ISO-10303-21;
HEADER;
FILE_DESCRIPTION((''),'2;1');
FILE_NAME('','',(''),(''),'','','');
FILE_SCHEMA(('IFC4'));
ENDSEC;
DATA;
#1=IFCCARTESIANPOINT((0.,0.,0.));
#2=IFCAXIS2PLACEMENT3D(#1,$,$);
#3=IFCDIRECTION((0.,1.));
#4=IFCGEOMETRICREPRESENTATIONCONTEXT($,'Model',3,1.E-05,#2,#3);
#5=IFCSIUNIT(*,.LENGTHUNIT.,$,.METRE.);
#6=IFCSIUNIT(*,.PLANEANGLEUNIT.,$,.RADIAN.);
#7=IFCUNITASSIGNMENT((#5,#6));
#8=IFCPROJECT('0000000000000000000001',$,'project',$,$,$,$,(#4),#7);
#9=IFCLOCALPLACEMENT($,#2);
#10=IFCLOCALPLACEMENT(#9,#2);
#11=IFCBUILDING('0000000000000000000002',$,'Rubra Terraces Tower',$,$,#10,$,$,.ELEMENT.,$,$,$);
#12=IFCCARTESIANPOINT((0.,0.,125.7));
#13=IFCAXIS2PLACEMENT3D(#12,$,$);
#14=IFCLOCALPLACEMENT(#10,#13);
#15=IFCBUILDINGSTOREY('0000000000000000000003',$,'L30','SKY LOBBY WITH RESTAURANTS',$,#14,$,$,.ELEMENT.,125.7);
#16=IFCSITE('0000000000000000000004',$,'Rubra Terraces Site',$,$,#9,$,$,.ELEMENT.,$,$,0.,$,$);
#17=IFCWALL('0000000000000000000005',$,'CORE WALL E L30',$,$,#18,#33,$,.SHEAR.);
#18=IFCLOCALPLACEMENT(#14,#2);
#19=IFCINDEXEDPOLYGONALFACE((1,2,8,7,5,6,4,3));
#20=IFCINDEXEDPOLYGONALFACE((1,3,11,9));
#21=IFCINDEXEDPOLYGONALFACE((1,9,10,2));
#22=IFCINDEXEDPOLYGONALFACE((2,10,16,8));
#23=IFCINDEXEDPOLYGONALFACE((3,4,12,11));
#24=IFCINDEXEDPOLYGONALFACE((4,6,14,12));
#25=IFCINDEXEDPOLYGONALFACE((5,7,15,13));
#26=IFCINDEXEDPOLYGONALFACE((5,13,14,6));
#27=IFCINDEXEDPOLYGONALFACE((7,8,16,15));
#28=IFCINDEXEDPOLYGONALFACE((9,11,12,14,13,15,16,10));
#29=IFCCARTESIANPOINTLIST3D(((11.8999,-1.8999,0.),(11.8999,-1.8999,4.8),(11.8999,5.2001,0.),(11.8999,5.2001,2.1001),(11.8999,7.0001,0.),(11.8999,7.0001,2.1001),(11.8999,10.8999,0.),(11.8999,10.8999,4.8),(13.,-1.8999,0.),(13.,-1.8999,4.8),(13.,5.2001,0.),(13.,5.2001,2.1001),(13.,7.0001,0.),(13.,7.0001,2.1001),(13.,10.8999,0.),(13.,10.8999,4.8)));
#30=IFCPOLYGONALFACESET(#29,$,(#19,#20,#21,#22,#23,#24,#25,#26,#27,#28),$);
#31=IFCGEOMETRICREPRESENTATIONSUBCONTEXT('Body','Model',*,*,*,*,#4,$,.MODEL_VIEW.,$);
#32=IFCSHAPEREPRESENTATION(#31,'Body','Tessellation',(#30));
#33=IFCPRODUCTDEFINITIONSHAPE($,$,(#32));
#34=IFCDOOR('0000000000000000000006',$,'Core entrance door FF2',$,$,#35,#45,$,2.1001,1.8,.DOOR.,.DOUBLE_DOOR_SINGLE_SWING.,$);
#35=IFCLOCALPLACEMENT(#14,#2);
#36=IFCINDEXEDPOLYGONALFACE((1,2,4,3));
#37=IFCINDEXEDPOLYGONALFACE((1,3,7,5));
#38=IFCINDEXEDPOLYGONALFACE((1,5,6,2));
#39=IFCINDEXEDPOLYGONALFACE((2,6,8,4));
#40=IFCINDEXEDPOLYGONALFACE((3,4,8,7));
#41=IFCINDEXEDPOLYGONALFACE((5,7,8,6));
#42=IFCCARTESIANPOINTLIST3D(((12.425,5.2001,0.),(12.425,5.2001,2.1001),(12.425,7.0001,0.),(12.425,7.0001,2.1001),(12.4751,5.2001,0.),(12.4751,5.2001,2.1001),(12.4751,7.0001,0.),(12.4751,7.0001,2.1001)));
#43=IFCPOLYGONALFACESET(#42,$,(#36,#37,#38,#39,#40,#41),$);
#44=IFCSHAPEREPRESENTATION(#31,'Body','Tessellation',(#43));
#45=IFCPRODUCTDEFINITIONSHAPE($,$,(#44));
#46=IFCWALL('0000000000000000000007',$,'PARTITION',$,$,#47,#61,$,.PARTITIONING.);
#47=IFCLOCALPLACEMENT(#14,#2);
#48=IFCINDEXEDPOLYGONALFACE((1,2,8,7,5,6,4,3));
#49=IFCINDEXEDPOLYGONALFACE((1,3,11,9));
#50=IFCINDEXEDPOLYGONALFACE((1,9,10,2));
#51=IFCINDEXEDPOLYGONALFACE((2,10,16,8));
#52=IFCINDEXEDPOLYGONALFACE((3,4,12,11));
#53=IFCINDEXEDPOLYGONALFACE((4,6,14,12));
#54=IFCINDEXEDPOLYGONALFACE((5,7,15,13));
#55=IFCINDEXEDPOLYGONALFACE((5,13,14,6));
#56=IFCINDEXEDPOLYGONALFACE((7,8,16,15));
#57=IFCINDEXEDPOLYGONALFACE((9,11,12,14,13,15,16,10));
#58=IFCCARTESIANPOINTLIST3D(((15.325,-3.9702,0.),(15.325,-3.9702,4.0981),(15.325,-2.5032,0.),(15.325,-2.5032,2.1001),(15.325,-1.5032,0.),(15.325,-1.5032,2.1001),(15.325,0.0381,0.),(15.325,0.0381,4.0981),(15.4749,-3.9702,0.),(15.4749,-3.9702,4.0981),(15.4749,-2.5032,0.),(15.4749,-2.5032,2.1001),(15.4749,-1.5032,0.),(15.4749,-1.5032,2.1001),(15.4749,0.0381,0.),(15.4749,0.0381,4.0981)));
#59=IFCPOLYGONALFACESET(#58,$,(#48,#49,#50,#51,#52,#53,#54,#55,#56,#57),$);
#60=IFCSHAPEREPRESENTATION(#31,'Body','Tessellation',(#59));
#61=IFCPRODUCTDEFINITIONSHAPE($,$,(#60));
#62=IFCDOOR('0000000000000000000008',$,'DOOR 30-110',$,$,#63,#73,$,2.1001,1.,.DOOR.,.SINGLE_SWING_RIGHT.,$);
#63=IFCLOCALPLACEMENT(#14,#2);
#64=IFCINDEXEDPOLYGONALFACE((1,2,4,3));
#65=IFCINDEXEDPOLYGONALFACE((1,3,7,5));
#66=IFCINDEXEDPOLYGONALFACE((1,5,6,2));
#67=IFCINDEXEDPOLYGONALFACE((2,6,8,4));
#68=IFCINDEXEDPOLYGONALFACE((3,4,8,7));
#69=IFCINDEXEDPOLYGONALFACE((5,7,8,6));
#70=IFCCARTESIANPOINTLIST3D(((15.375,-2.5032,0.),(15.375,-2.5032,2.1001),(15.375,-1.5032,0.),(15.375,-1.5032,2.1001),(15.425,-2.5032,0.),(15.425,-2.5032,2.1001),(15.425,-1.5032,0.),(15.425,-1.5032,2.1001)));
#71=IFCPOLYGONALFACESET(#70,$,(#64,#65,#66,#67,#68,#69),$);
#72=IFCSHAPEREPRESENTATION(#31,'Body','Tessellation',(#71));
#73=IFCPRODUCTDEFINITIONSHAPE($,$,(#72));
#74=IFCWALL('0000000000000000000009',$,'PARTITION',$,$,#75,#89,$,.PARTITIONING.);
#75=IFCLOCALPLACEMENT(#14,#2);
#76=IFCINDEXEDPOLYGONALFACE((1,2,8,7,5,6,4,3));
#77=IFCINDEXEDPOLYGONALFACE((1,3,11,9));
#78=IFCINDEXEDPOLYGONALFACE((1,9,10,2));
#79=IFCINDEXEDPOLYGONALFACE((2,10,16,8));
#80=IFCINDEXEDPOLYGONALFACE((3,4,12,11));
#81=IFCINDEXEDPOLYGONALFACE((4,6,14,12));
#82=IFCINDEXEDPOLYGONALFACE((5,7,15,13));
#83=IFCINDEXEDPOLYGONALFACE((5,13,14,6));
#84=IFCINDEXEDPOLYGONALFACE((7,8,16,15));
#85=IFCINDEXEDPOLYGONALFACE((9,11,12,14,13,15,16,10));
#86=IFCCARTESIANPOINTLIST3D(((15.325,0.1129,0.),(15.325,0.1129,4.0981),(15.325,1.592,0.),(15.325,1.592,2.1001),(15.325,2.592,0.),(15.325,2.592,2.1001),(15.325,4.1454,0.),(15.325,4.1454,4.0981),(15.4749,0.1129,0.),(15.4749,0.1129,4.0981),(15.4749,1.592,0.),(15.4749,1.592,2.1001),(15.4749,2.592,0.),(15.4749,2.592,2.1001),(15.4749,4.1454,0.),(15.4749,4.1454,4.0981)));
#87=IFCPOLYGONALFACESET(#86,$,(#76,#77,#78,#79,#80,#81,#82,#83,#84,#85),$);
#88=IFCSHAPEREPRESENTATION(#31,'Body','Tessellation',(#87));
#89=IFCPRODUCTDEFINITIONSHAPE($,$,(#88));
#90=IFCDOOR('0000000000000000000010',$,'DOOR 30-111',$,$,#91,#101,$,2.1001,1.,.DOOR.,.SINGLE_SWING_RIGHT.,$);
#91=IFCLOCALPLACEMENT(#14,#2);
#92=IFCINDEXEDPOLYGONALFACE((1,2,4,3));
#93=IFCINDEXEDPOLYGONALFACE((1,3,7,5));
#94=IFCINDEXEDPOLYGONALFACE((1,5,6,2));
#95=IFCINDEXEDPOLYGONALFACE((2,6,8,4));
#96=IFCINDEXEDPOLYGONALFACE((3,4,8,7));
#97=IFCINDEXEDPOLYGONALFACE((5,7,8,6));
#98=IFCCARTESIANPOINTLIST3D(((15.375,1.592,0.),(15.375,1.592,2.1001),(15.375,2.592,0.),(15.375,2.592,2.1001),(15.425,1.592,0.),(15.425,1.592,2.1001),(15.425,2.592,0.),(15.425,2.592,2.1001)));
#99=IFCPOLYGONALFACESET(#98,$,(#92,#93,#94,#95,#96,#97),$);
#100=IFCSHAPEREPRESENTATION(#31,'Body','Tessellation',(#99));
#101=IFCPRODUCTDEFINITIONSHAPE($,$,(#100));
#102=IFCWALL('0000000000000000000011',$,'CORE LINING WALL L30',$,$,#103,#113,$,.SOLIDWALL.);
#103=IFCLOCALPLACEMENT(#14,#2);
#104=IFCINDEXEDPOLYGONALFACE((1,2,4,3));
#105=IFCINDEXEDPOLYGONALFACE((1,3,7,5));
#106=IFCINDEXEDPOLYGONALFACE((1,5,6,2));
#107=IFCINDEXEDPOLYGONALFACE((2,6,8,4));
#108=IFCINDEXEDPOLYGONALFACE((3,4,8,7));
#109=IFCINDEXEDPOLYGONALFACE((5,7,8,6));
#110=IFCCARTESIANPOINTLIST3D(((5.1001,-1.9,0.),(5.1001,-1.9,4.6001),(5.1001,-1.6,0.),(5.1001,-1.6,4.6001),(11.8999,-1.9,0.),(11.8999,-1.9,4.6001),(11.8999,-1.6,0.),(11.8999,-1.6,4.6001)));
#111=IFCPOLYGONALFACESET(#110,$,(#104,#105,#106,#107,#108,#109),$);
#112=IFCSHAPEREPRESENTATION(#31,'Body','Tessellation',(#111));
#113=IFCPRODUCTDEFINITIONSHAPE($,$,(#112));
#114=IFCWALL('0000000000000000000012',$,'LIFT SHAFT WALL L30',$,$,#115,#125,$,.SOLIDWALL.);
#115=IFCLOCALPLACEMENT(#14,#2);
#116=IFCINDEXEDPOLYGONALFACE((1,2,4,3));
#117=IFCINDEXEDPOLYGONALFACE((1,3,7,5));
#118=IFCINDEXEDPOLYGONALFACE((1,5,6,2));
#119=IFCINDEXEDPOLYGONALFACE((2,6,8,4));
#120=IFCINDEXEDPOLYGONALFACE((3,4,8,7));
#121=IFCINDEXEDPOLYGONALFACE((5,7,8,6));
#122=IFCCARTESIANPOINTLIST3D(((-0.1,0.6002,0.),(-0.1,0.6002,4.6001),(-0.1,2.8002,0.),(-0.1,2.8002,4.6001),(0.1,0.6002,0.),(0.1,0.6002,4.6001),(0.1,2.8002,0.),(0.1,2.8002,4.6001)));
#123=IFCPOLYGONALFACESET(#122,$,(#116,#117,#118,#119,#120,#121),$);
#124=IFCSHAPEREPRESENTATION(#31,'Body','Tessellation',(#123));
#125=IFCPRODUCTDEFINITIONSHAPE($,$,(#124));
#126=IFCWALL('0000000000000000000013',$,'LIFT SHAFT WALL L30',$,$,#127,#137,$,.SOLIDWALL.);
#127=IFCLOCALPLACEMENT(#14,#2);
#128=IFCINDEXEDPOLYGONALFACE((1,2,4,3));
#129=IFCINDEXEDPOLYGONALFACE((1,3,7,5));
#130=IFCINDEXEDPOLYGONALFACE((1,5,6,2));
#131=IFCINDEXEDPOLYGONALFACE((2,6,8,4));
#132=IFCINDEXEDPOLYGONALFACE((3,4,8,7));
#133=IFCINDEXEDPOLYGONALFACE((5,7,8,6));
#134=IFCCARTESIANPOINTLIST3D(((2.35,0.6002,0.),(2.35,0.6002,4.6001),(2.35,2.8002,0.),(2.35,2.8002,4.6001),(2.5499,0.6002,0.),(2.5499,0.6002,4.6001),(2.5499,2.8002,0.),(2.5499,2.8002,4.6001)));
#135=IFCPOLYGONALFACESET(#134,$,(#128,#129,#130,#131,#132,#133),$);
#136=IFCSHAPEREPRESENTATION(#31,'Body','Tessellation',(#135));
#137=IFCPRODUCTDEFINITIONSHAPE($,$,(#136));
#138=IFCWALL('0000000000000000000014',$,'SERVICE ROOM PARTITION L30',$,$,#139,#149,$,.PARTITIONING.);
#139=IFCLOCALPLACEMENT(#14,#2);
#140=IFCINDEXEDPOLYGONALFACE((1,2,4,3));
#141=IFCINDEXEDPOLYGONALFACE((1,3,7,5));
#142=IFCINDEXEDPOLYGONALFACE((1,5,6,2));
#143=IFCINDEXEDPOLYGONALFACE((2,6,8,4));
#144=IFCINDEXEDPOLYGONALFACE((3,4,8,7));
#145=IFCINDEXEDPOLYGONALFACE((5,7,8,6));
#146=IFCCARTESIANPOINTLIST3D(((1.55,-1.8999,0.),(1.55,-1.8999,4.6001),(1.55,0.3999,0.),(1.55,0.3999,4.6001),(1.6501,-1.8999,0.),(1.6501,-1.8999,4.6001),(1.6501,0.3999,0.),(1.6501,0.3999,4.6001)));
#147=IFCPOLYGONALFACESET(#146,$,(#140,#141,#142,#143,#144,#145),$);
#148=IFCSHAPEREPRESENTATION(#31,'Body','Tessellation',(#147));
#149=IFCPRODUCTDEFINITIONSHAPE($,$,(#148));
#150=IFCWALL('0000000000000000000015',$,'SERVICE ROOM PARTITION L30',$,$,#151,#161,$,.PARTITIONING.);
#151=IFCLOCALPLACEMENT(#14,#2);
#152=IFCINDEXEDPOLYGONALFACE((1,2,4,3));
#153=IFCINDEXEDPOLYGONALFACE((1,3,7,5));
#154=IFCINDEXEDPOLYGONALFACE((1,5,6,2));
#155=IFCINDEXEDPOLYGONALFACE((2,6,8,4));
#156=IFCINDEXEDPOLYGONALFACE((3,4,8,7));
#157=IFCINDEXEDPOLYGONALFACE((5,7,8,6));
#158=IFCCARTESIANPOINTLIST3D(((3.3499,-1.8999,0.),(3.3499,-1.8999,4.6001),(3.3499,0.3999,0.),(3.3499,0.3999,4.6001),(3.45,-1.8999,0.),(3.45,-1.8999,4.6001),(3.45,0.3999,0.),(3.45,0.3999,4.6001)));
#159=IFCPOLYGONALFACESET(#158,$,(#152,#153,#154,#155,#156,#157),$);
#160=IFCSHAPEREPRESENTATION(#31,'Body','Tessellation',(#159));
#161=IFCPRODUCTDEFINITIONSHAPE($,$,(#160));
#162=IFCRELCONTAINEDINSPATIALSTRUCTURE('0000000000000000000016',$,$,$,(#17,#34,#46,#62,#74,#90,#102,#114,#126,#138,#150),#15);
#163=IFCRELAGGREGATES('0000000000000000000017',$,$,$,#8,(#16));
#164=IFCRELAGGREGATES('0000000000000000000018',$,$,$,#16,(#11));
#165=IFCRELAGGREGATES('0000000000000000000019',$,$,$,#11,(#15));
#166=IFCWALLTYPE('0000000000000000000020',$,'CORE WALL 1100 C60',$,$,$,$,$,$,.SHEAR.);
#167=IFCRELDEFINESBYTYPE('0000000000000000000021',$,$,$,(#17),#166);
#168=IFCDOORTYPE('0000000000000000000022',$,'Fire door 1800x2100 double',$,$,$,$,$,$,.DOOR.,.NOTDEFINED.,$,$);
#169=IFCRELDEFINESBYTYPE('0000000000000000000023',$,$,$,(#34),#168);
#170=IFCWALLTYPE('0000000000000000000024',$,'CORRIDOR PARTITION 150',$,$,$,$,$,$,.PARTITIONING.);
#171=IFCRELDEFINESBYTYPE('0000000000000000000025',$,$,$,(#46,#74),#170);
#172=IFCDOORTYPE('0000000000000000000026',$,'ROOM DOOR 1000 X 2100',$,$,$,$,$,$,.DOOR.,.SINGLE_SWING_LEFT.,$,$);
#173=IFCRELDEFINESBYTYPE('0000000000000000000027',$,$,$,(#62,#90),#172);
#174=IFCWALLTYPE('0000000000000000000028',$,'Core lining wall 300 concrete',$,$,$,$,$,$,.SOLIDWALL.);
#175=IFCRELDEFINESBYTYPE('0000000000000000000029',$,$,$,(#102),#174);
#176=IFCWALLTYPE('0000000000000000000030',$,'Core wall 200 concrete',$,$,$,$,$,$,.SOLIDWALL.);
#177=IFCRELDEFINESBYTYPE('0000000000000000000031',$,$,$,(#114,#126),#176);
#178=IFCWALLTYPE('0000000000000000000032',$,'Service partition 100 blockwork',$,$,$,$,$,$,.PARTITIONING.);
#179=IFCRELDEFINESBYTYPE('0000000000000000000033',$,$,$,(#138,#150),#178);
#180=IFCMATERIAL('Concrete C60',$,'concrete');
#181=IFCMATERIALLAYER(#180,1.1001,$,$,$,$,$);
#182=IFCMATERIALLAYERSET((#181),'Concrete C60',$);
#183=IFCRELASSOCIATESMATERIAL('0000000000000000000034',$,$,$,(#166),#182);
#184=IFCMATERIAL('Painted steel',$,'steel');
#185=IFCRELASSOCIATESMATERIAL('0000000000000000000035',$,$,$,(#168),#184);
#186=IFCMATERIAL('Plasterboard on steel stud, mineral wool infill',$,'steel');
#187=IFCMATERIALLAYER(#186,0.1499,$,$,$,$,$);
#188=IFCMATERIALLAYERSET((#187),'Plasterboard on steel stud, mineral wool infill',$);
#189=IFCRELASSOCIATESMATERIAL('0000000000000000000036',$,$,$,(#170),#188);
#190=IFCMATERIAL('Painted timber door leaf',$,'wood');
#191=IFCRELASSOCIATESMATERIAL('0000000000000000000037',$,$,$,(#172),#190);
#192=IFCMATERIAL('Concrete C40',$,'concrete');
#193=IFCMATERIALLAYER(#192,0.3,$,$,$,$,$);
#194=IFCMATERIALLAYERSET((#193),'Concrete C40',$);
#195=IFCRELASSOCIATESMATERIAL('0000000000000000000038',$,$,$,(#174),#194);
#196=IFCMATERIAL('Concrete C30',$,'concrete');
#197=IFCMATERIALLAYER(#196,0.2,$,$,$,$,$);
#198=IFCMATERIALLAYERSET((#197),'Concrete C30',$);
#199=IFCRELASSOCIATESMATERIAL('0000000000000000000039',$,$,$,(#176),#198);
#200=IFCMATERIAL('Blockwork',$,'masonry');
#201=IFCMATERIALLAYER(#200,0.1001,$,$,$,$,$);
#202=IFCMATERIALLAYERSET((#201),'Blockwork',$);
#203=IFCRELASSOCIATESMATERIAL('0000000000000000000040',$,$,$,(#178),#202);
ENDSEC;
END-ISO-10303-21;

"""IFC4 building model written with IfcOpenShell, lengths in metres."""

from ifc_helpers import new_model, si_unit, direction, frame, frame_2d, origin, place, context, subcontext, project, spatial, rectangle, extrude, material, layer, layer_set, type_object, element, fill, save


model = new_model("IFC4")

# Units and contexts
model_context = context("Model", 3, precision=1e-05, world=origin(), true_north=direction((0.0, 1.0)))
body_context = subcontext(model_context, "Body", "Model", "MODEL_VIEW")
ifc_project = project(units=[si_unit("LENGTHUNIT", "METRE"), si_unit("PLANEANGLEUNIT", "RADIAN")], contexts=[model_context])

# Site, building, storey
site_placement = place(None, origin())
site = spatial("IfcSite", under=ifc_project, at=site_placement, Name="Rubra Terraces Site", CompositionType="ELEMENT", RefElevation=0.0)
building_placement = place(site_placement, origin())
building = spatial("IfcBuilding", under=site, at=building_placement, Name="Rubra Terraces Tower", CompositionType="ELEMENT")
storey_placement = place(building_placement, frame((0.0, 0.0, 125.7)))
storey = spatial("IfcBuildingStorey", under=building, at=storey_placement, Name="L30", Description="SKY LOBBY WITH RESTAURANTS", CompositionType="ELEMENT", Elevation=125.7)

# Shared definitions
ifc_material_1 = material(Name="Concrete C40", Category="concrete")

# Walls, openings, doors
ifc_material_2 = material(Name="Concrete C60", Category="concrete")
ifc_layer_1 = layer(ifc_material_2, 1.1001)
ifc_layer_set_1 = layer_set([ifc_layer_1], Name="Concrete C60")
wall_type_1 = type_object("IfcWallType", Name="CORE WALL 1100 C60", PredefinedType="SHEAR", material=ifc_layer_set_1)
wall_1_placement = place(storey_placement, frame((12.45, -1.8999, 0.0), z_axis=(0.0, 0.0, 1.0), x_axis=(0.0, 1.0, 0.0)))
wall_1 = element("IfcWall", 1, at=wall_1_placement, inside=storey, type_object=wall_type_1, Name="CORE WALL E L30", PredefinedType="SHEAR", context=body_context, shape_type="SweptSolid", body=[
    extrude(rectangle(XDim=12.7998, YDim=1.1001, at=frame_2d((6.3999, 0.0))), origin(), (0.0, 0.0, 1.0), 4.8),
])
opening_1_placement = place(wall_1_placement, frame((7.1001, 0.0, 0.0)))
opening_1 = element("IfcOpeningElement", 2, at=opening_1_placement, cuts=wall_1, PredefinedType="OPENING", context=body_context, shape_type="SweptSolid", body=[
    extrude(rectangle(XDim=1.8, YDim=2.1001, at=frame_2d((0.8999, 1.05))), frame((0.0, 0.5601, 0.0), z_axis=(0.0, -1.0, 0.0), x_axis=(1.0, 0.0, 0.0)), (0.0, 0.0, 1.0), 1.1201),
])
ifc_material_3 = material(Name="Painted steel", Category="steel")
door_type_1 = type_object("IfcDoorType", Name="Fire door 1800x2100 double", OperationType="NOTDEFINED", PredefinedType="DOOR", material=ifc_material_3)
door_1_placement = place(opening_1_placement, origin())
door_1 = element("IfcDoor", 3, at=door_1_placement, inside=storey, type_object=door_type_1, Name="Core entrance door FF2", OperationType="DOUBLE_DOOR_SINGLE_SWING", OverallHeight=2.1001, OverallWidth=1.8, PredefinedType="DOOR", context=body_context, shape_type="SweptSolid", body=[
    extrude(rectangle(XDim=1.8, YDim=2.1001, at=frame_2d((0.8999, 1.05))), frame((0.0, 0.0249, 0.0), z_axis=(0.0, -1.0, 0.0), x_axis=(1.0, 0.0, 0.0)), (0.0, 0.0, 1.0), 0.05),
])
fill(opening_1, door_1)
ifc_material_4 = material(Name="Plasterboard on steel stud, mineral wool infill", Category="steel")
ifc_layer_2 = layer(ifc_material_4, 0.1499)
ifc_layer_set_2 = layer_set([ifc_layer_2], Name="Plasterboard on steel stud, mineral wool infill")
wall_type_2 = type_object("IfcWallType", Name="CORRIDOR PARTITION 150", PredefinedType="PARTITIONING", material=ifc_layer_set_2)
wall_2_placement = place(storey_placement, frame((15.3999, -3.9702, 0.0), z_axis=(0.0, 0.0, 1.0), x_axis=(0.0, 1.0, 0.0)))
wall_2 = element("IfcWall", 4, at=wall_2_placement, inside=storey, type_object=wall_type_2, Name="PARTITION", PredefinedType="PARTITIONING", context=body_context, shape_type="SweptSolid", body=[
    extrude(rectangle(XDim=4.0083, YDim=0.1499, at=frame_2d((2.0042, 0.0))), origin(), (0.0, 0.0, 1.0), 4.0981),
])
opening_2_placement = place(wall_2_placement, frame((1.467, 0.0, 0.0)))
opening_2 = element("IfcOpeningElement", 5, at=opening_2_placement, cuts=wall_2, PredefinedType="OPENING", context=body_context, shape_type="SweptSolid", body=[
    extrude(rectangle(XDim=1.0, YDim=2.1001, at=frame_2d((0.5, 1.05))), frame((0.0, 0.085, 0.0), z_axis=(0.0, -1.0, 0.0), x_axis=(1.0, 0.0, 0.0)), (0.0, 0.0, 1.0), 0.1699),
])
ifc_material_5 = material(Name="Painted timber door leaf", Category="wood")
door_type_2 = type_object("IfcDoorType", Name="ROOM DOOR 1000 X 2100", OperationType="SINGLE_SWING_LEFT", PredefinedType="DOOR", material=ifc_material_5)
door_2_placement = place(opening_2_placement, origin())
door_2 = element("IfcDoor", 6, at=door_2_placement, inside=storey, type_object=door_type_2, Name="DOOR 30-110", OperationType="SINGLE_SWING_RIGHT", OverallHeight=2.1001, OverallWidth=1.0, PredefinedType="DOOR", context=body_context, shape_type="SweptSolid", body=[
    extrude(rectangle(XDim=1.0, YDim=2.1001, at=frame_2d((0.5, 1.05))), frame((0.0, 0.0249, 0.0), z_axis=(0.0, -1.0, 0.0), x_axis=(1.0, 0.0, 0.0)), (0.0, 0.0, 1.0), 0.05),
])
fill(opening_2, door_2)
wall_3_placement = place(storey_placement, frame((15.3999, 0.113, 0.0), z_axis=(0.0, 0.0, 1.0), x_axis=(0.0, 1.0, 0.0)))
wall_3 = element("IfcWall", 7, at=wall_3_placement, inside=storey, type_object=wall_type_2, Name="PARTITION", PredefinedType="PARTITIONING", context=body_context, shape_type="SweptSolid", body=[
    extrude(rectangle(XDim=4.0325, YDim=0.1499, at=frame_2d((2.0161, 0.0))), origin(), (0.0, 0.0, 1.0), 4.0981),
])
opening_3_placement = place(wall_3_placement, frame((1.479, 0.0, 0.0)))
opening_3 = element("IfcOpeningElement", 8, at=opening_3_placement, cuts=wall_3, PredefinedType="OPENING", context=body_context, shape_type="SweptSolid", body=[
    extrude(rectangle(XDim=1.0, YDim=2.1001, at=frame_2d((0.5, 1.05))), frame((0.0, 0.085, 0.0), z_axis=(0.0, -1.0, 0.0), x_axis=(1.0, 0.0, 0.0)), (0.0, 0.0, 1.0), 0.1699),
])
door_3_placement = place(opening_3_placement, origin())
door_3 = element("IfcDoor", 9, at=door_3_placement, inside=storey, type_object=door_type_2, Name="DOOR 30-111", OperationType="SINGLE_SWING_RIGHT", OverallHeight=2.1001, OverallWidth=1.0, PredefinedType="DOOR", context=body_context, shape_type="SweptSolid", body=[
    extrude(rectangle(XDim=1.0, YDim=2.1001, at=frame_2d((0.5, 1.05))), frame((0.0, 0.0249, 0.0), z_axis=(0.0, -1.0, 0.0), x_axis=(1.0, 0.0, 0.0)), (0.0, 0.0, 1.0), 0.05),
])
fill(opening_3, door_3)

# Walls
ifc_layer_3 = layer(ifc_material_1, 0.3)
ifc_layer_set_3 = layer_set([ifc_layer_3], Name="Concrete C40")
wall_type_3 = type_object("IfcWallType", Name="Core lining wall 300 concrete", PredefinedType="SOLIDWALL", material=ifc_layer_set_3)
wall_4_placement = place(storey_placement, frame((11.8999, -1.75, 0.0), z_axis=(0.0, 0.0, 1.0), x_axis=(-1.0, 0.0, 0.0)))
element("IfcWall", 10, at=wall_4_placement, inside=storey, type_object=wall_type_3, Name="CORE LINING WALL L30", PredefinedType="SOLIDWALL", context=body_context, shape_type="SweptSolid", body=[
    extrude(rectangle(XDim=6.7998, YDim=0.3, at=frame_2d((3.3999, 0.0))), origin(), (0.0, 0.0, 1.0), 4.6001),
])
ifc_material_6 = material(Name="Concrete C30", Category="concrete")
ifc_layer_4 = layer(ifc_material_6, 0.2)
ifc_layer_set_4 = layer_set([ifc_layer_4], Name="Concrete C30")
wall_type_4 = type_object("IfcWallType", Name="Core wall 200 concrete", PredefinedType="SOLIDWALL", material=ifc_layer_set_4)
for number, where, z_axis, x_axis, name in (
    (11, (0.0, 0.6001, 0.0), (0.0, 0.0, 1.0), (0.0, 1.0, 0.0), "LIFT SHAFT WALL L30"),
    (12, (2.45, 0.6001, 0.0), (0.0, 0.0, 1.0), (0.0, 1.0, 0.0), "LIFT SHAFT WALL L30"),
):
    element("IfcWall", number, at=place(storey_placement, frame(where, z_axis=z_axis, x_axis=x_axis)), inside=storey, type_object=wall_type_4, Name=name, PredefinedType="SOLIDWALL", context=body_context, shape_type="SweptSolid", body=[
        extrude(rectangle(XDim=2.2, YDim=0.2, at=frame_2d((1.1001, 0.0))), origin(), (0.0, 0.0, 1.0), 4.6001),
    ])
ifc_material_7 = material(Name="Blockwork", Category="masonry")
ifc_layer_5 = layer(ifc_material_7, 0.1001)
ifc_layer_set_5 = layer_set([ifc_layer_5], Name="Blockwork")
wall_type_5 = type_object("IfcWallType", Name="Service partition 100 blockwork", PredefinedType="PARTITIONING", material=ifc_layer_set_5)
for number, where, z_axis, x_axis, name in (
    (13, (1.6001, -1.8999, 0.0), (0.0, 0.0, 1.0), (0.0, 1.0, 0.0), "SERVICE ROOM PARTITION L30"),
    (14, (3.3999, -1.8999, 0.0), (0.0, 0.0, 1.0), (0.0, 1.0, 0.0), "SERVICE ROOM PARTITION L30"),
):
    element("IfcWall", number, at=place(storey_placement, frame(where, z_axis=z_axis, x_axis=x_axis)), inside=storey, type_object=wall_type_5, Name=name, PredefinedType="PARTITIONING", context=body_context, shape_type="SweptSolid", body=[
        extrude(rectangle(XDim=2.2998, YDim=0.1001, at=frame_2d((1.1499, 0.0))), origin(), (0.0, 0.0, 1.0), 4.6001),
    ])

save(model, "model.ifc")
